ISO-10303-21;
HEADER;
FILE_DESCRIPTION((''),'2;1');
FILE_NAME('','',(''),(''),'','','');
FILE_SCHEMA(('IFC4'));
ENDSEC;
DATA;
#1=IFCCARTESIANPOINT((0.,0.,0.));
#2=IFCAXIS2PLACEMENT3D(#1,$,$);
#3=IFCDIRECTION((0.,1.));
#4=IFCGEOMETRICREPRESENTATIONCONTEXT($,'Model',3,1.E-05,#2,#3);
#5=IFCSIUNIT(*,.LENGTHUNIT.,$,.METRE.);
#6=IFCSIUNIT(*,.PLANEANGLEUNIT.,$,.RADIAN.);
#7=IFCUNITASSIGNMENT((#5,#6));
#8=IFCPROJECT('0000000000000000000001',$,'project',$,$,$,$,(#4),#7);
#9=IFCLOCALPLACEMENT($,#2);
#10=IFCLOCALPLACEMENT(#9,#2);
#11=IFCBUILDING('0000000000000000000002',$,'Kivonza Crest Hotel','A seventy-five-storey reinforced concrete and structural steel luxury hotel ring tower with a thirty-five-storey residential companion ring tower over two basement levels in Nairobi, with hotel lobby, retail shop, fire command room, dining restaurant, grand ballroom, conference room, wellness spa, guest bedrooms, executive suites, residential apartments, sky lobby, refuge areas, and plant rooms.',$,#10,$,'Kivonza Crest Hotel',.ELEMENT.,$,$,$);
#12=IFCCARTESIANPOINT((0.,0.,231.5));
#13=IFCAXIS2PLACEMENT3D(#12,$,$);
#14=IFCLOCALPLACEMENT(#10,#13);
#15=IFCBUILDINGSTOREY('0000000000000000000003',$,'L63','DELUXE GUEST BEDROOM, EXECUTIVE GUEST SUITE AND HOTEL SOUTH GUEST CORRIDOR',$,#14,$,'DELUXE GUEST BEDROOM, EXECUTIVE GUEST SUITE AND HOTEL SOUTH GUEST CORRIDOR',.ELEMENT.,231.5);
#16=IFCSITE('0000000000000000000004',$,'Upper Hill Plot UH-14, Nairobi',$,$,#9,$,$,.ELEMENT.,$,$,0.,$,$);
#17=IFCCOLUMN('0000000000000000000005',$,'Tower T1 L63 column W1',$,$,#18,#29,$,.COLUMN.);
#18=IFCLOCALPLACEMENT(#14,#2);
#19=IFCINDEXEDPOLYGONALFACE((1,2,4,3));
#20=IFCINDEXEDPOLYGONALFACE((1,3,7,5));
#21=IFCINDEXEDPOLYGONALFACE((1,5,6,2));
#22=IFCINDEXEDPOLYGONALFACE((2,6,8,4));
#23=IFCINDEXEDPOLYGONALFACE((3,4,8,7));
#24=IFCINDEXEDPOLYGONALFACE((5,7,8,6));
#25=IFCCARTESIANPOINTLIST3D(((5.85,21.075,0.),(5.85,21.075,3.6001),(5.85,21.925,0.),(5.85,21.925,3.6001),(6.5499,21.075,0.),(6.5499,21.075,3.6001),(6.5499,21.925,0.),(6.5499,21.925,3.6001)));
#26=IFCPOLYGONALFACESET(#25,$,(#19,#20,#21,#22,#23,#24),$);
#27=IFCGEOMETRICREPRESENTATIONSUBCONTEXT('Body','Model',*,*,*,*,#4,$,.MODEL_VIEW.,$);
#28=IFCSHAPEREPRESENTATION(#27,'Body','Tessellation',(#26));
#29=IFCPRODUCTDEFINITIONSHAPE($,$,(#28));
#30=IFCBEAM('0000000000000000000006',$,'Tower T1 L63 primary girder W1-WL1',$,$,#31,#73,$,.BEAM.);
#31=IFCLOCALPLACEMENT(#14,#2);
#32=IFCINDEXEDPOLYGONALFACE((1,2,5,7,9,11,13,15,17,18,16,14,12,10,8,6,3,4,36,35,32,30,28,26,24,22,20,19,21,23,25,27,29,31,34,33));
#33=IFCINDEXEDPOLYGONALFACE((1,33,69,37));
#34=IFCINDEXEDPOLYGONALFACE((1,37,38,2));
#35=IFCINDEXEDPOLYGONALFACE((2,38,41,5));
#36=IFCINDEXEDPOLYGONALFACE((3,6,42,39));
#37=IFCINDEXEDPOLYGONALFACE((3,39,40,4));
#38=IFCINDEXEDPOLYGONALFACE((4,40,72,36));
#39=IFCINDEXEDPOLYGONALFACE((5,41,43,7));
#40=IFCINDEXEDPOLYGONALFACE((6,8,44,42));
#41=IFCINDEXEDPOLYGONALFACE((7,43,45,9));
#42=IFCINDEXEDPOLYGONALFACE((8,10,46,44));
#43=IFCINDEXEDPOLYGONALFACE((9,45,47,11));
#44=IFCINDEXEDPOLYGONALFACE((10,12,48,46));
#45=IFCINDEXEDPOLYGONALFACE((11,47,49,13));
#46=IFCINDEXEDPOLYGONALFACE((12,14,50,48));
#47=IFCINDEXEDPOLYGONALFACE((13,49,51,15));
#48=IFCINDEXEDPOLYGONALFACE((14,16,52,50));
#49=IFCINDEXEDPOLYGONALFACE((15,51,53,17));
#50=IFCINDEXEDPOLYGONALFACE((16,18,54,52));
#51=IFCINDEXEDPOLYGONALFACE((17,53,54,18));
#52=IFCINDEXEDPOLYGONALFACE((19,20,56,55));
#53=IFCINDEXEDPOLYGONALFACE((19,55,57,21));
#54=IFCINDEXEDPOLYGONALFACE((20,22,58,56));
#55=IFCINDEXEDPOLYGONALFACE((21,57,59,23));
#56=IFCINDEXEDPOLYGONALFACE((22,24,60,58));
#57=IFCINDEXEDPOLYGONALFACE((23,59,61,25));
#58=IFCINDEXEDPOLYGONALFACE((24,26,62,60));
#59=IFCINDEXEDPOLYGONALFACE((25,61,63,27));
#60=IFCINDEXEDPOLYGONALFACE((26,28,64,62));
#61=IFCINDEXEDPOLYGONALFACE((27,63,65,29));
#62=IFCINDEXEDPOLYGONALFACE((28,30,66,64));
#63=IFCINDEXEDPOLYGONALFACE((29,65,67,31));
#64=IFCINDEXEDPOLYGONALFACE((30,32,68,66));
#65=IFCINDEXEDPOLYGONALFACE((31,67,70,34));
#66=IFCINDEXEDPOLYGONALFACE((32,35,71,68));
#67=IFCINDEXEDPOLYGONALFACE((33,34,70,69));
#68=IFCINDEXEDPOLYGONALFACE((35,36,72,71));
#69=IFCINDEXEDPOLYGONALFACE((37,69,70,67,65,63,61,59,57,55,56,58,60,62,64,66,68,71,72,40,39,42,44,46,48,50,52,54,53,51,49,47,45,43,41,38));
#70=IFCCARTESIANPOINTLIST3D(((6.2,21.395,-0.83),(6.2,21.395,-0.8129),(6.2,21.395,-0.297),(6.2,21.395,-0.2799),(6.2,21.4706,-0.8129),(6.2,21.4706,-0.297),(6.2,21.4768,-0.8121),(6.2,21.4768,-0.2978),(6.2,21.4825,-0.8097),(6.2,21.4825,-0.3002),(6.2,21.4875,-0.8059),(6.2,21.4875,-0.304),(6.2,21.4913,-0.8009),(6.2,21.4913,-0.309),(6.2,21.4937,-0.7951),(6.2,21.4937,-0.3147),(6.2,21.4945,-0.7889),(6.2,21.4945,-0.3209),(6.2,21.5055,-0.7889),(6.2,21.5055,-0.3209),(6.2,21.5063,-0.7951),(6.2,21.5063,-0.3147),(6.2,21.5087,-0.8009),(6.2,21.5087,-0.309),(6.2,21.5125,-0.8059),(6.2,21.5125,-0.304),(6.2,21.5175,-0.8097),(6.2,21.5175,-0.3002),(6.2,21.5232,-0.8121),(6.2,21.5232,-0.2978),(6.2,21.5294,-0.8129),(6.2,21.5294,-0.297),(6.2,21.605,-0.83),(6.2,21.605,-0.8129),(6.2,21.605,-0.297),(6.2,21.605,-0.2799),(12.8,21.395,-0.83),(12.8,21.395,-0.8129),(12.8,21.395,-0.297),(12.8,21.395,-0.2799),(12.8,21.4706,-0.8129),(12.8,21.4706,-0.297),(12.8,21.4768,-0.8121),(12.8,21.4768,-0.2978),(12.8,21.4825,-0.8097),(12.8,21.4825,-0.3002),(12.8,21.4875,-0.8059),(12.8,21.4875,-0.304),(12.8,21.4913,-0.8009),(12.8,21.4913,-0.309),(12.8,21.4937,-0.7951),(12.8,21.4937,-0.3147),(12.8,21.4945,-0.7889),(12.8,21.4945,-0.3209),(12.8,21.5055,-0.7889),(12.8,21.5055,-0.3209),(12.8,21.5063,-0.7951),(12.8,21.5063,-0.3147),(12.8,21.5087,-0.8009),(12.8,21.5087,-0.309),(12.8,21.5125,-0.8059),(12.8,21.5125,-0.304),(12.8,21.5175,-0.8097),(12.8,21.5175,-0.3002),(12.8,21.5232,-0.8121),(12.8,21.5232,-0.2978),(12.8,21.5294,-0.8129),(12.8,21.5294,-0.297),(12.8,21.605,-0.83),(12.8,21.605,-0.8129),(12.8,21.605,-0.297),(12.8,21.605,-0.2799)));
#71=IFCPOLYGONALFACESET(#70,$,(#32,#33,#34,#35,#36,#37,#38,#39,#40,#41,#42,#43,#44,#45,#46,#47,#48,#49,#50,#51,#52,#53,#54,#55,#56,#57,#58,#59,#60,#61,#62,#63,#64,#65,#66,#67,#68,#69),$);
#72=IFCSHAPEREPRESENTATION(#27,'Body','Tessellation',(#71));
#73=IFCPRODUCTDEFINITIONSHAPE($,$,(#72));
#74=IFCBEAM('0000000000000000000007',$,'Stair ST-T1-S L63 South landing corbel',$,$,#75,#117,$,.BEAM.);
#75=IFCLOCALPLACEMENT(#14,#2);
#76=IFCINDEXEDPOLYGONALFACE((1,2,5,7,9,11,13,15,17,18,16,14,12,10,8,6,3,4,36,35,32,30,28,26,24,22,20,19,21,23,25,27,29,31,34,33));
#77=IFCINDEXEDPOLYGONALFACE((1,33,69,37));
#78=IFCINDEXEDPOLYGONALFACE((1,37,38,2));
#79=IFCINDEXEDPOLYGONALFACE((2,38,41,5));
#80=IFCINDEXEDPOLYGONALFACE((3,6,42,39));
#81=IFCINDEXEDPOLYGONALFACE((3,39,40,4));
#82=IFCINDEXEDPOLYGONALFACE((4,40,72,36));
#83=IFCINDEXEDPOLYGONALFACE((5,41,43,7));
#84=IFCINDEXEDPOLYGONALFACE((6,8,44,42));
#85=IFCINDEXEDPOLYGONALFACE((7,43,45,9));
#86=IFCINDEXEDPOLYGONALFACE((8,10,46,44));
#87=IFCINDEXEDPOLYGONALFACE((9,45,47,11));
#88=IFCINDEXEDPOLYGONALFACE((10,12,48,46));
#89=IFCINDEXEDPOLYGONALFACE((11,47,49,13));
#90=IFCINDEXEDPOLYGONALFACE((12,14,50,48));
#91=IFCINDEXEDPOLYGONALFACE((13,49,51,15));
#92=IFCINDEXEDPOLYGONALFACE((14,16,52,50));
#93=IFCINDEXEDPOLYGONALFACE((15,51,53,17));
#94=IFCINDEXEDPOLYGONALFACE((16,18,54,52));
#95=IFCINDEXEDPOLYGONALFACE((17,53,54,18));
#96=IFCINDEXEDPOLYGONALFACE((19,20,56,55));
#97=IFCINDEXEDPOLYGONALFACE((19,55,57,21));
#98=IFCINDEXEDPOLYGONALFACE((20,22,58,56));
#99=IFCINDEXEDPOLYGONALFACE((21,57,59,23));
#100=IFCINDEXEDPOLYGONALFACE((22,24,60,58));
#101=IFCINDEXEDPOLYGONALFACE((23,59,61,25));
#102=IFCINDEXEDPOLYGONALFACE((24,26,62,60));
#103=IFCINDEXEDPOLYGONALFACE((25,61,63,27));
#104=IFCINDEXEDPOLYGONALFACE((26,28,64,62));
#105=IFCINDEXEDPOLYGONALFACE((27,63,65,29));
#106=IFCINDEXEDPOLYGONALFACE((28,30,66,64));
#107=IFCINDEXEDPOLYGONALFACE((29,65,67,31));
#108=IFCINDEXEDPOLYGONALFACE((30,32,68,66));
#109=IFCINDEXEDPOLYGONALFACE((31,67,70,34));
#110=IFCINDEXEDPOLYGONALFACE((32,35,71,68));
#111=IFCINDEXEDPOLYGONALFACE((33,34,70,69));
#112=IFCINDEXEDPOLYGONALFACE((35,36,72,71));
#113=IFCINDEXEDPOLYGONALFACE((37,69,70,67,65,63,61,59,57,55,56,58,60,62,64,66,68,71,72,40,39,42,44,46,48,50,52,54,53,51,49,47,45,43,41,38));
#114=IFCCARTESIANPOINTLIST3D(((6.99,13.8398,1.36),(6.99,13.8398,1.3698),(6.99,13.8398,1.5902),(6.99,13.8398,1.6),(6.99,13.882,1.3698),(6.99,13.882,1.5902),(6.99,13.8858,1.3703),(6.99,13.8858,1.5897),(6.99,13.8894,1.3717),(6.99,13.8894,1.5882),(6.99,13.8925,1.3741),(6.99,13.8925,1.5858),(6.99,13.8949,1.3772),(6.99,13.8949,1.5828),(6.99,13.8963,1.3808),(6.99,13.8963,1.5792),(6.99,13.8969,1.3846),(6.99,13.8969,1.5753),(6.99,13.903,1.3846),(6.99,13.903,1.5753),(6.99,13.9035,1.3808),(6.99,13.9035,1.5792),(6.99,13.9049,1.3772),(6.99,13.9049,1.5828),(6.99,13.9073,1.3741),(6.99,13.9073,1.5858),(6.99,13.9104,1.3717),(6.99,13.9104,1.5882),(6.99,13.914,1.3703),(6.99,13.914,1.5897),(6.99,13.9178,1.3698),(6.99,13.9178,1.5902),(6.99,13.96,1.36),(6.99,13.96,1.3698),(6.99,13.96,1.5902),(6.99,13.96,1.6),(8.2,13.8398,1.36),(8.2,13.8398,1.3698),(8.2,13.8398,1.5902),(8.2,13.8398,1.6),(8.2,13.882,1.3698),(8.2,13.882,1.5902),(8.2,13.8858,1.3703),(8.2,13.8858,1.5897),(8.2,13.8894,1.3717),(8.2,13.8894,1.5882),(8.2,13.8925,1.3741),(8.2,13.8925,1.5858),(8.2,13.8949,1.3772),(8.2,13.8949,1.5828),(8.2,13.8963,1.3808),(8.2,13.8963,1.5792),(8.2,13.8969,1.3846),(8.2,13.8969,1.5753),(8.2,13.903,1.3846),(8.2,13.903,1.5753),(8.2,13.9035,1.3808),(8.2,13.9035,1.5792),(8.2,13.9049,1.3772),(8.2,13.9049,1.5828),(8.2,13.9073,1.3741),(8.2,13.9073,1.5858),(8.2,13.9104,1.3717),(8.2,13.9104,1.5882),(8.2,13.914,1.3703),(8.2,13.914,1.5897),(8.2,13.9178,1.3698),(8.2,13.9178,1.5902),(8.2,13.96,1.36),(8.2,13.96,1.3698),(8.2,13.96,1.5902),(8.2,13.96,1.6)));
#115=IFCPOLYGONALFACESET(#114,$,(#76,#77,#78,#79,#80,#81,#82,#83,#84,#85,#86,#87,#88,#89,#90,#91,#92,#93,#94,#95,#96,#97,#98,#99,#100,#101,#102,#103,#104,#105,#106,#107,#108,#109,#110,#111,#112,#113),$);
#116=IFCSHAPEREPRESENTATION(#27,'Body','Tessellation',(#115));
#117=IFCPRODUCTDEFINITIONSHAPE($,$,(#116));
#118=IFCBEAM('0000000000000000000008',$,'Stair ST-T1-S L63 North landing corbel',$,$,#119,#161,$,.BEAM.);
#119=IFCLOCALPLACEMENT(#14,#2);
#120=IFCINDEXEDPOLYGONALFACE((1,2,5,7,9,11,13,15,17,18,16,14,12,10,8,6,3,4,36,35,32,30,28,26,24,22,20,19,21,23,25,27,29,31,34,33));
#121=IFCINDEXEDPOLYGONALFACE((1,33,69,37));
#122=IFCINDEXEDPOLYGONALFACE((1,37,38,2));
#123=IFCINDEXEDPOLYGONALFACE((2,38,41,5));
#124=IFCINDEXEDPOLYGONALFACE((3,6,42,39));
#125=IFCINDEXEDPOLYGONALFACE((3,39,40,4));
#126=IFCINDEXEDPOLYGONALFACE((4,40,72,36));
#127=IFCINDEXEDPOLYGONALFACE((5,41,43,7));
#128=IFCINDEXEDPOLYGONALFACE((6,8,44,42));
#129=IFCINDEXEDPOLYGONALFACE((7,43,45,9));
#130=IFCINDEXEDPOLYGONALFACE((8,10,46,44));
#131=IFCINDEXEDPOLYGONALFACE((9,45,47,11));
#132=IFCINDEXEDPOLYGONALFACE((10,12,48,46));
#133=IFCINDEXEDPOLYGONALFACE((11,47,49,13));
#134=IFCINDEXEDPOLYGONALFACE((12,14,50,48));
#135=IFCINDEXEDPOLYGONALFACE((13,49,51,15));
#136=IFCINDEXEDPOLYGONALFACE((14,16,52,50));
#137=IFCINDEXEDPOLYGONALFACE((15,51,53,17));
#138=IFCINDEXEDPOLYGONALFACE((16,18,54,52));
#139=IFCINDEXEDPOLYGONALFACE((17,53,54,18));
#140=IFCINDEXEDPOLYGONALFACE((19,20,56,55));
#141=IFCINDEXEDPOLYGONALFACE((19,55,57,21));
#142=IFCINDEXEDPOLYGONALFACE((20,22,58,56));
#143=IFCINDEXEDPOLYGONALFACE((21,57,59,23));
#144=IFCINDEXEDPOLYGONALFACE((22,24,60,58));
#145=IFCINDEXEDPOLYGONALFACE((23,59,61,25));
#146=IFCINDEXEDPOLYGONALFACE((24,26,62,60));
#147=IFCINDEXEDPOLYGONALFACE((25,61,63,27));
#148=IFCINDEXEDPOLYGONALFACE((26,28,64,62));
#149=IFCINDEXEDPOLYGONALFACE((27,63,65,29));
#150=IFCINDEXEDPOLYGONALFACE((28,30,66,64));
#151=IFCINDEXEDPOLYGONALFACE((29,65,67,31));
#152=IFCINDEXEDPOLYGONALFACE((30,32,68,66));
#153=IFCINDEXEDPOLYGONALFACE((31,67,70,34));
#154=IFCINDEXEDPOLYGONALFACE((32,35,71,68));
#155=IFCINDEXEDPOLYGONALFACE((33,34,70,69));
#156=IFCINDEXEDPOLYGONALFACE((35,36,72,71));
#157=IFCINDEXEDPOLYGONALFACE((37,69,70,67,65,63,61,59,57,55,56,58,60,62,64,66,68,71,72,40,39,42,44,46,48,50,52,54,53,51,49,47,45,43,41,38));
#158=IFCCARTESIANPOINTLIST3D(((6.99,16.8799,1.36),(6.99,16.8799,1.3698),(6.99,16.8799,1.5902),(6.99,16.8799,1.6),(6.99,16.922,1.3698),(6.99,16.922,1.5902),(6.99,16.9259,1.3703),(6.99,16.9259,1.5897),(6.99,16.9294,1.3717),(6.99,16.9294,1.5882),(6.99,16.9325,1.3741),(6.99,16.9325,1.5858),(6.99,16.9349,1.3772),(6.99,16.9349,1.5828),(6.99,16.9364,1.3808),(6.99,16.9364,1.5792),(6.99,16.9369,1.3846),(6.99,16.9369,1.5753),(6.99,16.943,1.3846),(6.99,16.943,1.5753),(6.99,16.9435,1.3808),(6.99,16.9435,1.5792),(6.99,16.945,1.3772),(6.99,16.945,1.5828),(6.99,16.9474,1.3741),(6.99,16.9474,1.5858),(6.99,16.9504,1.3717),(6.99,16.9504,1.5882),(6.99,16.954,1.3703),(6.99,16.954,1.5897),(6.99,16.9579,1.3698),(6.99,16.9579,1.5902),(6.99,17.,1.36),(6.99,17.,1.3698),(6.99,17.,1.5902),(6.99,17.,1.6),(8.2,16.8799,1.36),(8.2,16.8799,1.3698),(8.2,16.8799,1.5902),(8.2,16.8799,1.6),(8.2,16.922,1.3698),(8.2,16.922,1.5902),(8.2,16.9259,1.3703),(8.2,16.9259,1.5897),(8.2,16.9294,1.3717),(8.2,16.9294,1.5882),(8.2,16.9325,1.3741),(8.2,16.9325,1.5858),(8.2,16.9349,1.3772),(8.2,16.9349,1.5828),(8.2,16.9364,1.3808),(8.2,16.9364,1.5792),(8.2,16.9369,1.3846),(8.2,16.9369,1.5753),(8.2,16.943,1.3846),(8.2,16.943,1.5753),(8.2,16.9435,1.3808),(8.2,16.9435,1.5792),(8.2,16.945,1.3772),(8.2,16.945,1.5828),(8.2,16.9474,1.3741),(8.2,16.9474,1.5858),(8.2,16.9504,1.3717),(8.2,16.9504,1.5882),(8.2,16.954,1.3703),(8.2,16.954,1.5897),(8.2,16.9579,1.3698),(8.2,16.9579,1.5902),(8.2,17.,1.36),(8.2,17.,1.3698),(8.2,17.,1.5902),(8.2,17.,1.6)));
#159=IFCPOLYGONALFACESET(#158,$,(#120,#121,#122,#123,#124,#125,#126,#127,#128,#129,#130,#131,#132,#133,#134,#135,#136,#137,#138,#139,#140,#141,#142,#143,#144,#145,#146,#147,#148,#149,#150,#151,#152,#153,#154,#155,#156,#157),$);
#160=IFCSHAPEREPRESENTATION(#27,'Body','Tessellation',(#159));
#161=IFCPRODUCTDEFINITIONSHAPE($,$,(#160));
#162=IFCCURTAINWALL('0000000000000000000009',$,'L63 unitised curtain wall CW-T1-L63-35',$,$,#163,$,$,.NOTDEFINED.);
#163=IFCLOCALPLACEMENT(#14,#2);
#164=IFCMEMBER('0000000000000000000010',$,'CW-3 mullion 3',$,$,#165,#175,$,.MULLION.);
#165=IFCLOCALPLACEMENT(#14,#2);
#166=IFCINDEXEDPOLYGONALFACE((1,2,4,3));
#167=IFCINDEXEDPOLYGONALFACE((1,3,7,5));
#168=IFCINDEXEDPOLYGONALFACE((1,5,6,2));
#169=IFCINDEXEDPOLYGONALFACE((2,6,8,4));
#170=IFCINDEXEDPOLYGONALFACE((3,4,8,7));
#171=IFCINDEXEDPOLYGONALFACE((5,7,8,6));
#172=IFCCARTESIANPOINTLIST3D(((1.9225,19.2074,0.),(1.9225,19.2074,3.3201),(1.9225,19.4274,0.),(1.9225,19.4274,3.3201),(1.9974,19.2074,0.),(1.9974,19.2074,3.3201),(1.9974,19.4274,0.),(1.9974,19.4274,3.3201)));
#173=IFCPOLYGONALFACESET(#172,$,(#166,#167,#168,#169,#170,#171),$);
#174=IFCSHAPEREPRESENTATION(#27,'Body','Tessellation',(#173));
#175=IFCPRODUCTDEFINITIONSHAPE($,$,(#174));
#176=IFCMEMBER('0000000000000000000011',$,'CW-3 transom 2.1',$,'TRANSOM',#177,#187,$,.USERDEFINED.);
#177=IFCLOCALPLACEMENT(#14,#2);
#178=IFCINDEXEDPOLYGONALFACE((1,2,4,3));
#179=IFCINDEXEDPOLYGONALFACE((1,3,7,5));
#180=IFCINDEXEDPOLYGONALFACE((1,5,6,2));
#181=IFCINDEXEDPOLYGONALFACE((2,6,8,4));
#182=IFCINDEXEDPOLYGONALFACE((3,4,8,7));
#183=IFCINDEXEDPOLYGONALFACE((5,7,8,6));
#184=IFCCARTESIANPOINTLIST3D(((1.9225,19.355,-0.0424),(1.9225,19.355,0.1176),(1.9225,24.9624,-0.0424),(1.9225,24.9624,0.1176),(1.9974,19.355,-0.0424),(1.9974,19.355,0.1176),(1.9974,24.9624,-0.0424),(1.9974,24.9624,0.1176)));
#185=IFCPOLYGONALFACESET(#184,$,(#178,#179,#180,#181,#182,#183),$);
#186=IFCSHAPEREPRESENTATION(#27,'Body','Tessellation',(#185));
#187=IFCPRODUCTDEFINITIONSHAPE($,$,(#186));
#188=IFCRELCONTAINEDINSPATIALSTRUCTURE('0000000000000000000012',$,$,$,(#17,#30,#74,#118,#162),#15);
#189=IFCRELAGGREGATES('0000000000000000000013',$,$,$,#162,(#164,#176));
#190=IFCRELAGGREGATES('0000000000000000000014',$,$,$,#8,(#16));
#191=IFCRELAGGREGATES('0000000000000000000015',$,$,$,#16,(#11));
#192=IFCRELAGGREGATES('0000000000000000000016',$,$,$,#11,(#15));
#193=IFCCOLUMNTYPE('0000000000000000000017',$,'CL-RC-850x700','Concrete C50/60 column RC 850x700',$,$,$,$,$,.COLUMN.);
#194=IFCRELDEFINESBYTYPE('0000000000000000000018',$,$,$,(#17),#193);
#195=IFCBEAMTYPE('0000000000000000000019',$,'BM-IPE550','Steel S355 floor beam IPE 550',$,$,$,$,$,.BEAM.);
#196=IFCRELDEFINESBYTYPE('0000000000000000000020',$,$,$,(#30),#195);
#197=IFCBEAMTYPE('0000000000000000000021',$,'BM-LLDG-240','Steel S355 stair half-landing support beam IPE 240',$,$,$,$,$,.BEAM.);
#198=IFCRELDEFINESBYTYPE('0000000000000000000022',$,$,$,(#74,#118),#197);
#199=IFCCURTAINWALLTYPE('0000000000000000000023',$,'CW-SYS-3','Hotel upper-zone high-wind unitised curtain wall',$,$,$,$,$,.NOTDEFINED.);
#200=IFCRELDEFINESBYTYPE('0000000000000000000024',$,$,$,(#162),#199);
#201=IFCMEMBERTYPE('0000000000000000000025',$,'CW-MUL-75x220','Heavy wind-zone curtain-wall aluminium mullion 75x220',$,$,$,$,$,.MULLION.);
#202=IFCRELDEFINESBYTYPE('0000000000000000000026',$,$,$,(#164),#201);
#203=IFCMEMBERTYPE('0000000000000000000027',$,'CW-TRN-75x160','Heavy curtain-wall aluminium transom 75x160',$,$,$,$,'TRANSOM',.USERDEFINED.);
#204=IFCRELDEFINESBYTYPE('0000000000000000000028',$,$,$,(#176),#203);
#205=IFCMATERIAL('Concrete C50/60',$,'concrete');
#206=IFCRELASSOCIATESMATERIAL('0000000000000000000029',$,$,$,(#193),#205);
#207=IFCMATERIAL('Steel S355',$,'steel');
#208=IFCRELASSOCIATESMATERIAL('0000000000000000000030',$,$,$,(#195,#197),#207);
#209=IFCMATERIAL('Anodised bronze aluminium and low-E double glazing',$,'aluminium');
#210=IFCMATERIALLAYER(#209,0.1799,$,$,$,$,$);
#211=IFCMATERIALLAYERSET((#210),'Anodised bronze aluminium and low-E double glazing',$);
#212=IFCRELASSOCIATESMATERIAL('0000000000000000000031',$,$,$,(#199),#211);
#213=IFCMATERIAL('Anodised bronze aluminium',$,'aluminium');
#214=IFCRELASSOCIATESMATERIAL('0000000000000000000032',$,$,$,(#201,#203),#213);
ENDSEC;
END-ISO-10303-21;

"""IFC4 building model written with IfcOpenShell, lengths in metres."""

from ifc_helpers import new_model, si_unit, direction, frame, origin, origin_2d, place, context, subcontext, project, spatial, rectangle, i_section, extrude, material, layer, layer_set, material_profile, profile_set, type_object, element, aggregate, save


model = new_model("IFC4")

# Units and contexts
model_context = context("Model", 3, precision=1e-05, world=origin(), true_north=direction((0.0, 1.0)))
body_context = subcontext(model_context, "Body", "Model", "MODEL_VIEW")
ifc_project = project(units=[si_unit("LENGTHUNIT", "METRE"), si_unit("PLANEANGLEUNIT", "RADIAN")], contexts=[model_context])

# Site, building, storey
site_placement = place(None, origin())
site = spatial("IfcSite", under=ifc_project, at=site_placement, Name="Upper Hill Plot UH-14, Nairobi", CompositionType="ELEMENT", RefElevation=0.0)
building_placement = place(site_placement, origin())
building = spatial("IfcBuilding", under=site, at=building_placement, Name="Kivonza Crest Hotel", Description="A seventy-five-storey reinforced concrete and structural steel luxury hotel ring tower with a thirty-five-storey residential companion ring tower over two basement levels in Nairobi, with hotel lobby, retail shop, fire command room, dining restaurant, grand ballroom, conference room, wellness spa, guest bedrooms, executive suites, residential apartments, sky lobby, refuge areas, and plant rooms.", LongName="Kivonza Crest Hotel", CompositionType="ELEMENT")
storey_placement = place(building_placement, frame((0.0, 0.0, 231.5)))
storey = spatial("IfcBuildingStorey", under=building, at=storey_placement, Name="L63", Description="DELUXE GUEST BEDROOM, EXECUTIVE GUEST SUITE AND HOTEL SOUTH GUEST CORRIDOR", LongName="DELUXE GUEST BEDROOM, EXECUTIVE GUEST SUITE AND HOTEL SOUTH GUEST CORRIDOR", CompositionType="ELEMENT", Elevation=231.5)

# Column
ifc_material_1 = material(Name="Concrete C50/60", Category="concrete")
ifc_material_profile_1 = material_profile(ifc_material_1, rectangle(XDim=0.7, YDim=0.8501, at=origin_2d()), Name="RC 850x700")
ifc_profile_set_1 = profile_set([ifc_material_profile_1], Name="Concrete C50/60")
column_type = type_object("IfcColumnType", Name="CL-RC-850x700", Description="Concrete C50/60 column RC 850x700", PredefinedType="COLUMN", material=ifc_profile_set_1)
column_placement = place(storey_placement, frame((6.2, 21.5, 0.0), z_axis=(0.0, 0.0, 1.0), x_axis=(1.0, 0.0, 0.0)))
element("IfcColumn", 1, at=column_placement, inside=storey, type_object=column_type, Name="Tower T1 L63 column W1", PredefinedType="COLUMN", context=body_context, shape_type="SweptSolid", body=[
    extrude(rectangle(XDim=0.7, YDim=0.8501, at=origin_2d()), origin(), (0.0, 0.0, 1.0), 3.6001),
])

# Beams
ifc_material_2 = material(Name="Steel S355", Category="steel")
ifc_material_profile_2 = material_profile(ifc_material_2, i_section(OverallWidth=0.21, OverallDepth=0.55, WebThickness=0.011, FlangeThickness=0.0171, FilletRadius=0.0239, at=origin_2d()), Name="IPE 550")
ifc_profile_set_2 = profile_set([ifc_material_profile_2], Name="Steel S355")
beam_type_1 = type_object("IfcBeamType", Name="BM-IPE550", Description="Steel S355 floor beam IPE 550", PredefinedType="BEAM", material=ifc_profile_set_2)
beam_placement = place(storey_placement, frame((6.2, 21.5, -0.5549), z_axis=(1.0, 0.0, 0.0), x_axis=(0.0, 1.0, 0.0)))
element("IfcBeam", 2, at=beam_placement, inside=storey, type_object=beam_type_1, Name="Tower T1 L63 primary girder W1-WL1", PredefinedType="BEAM", context=body_context, shape_type="SweptSolid", body=[
    extrude(i_section(OverallWidth=0.21, OverallDepth=0.55, WebThickness=0.011, FlangeThickness=0.0171, FilletRadius=0.0239, at=origin_2d()), origin(), (0.0, 0.0, 1.0), 6.6001),
])
ifc_material_profile_3 = material_profile(ifc_material_2, i_section(OverallWidth=0.1201, OverallDepth=0.24, WebThickness=0.0061, FlangeThickness=0.0098, FilletRadius=0.0149, at=origin_2d()), Name="IPE 240")
ifc_profile_set_3 = profile_set([ifc_material_profile_3], Name="Steel S355")
beam_type_2 = type_object("IfcBeamType", Name="BM-LLDG-240", Description="Steel S355 stair half-landing support beam IPE 240", PredefinedType="BEAM", material=ifc_profile_set_3)
for number, where, z_axis, x_axis, name in (
    (3, (6.99, 13.8999, 1.48), (1.0, 0.0, 0.0), (0.0, 1.0, 0.0), "Stair ST-T1-S L63 South landing corbel"),
    (4, (6.99, 16.9399, 1.48), (1.0, 0.0, 0.0), (0.0, 1.0, 0.0), "Stair ST-T1-S L63 North landing corbel"),
):
    element("IfcBeam", number, at=place(storey_placement, frame(where, z_axis=z_axis, x_axis=x_axis)), inside=storey, type_object=beam_type_2, Name=name, PredefinedType="BEAM", context=body_context, shape_type="SweptSolid", body=[
        extrude(i_section(OverallWidth=0.1201, OverallDepth=0.24, WebThickness=0.0061, FlangeThickness=0.0098, FilletRadius=0.0149, at=origin_2d()), origin(), (0.0, 0.0, 1.0), 1.21),
    ])

# Curtain wall, members
ifc_material_3 = material(Name="Anodised bronze aluminium and low-E double glazing", Category="aluminium")
ifc_layer_1 = layer(ifc_material_3, 0.1799)
ifc_layer_set_1 = layer_set([ifc_layer_1], Name="Anodised bronze aluminium and low-E double glazing")
curtain_wall_type = type_object("IfcCurtainWallType", Name="CW-SYS-3", Description="Hotel upper-zone high-wind unitised curtain wall", PredefinedType="NOTDEFINED", material=ifc_layer_set_1)
curtain_wall_placement = place(storey_placement, origin())
curtain_wall = element("IfcCurtainWall", 5, at=curtain_wall_placement, inside=storey, type_object=curtain_wall_type, Name="L63 unitised curtain wall CW-T1-L63-35", PredefinedType="NOTDEFINED")
ifc_material_4 = material(Name="Anodised bronze aluminium", Category="aluminium")
ifc_material_profile_4 = material_profile(ifc_material_4, rectangle(XDim=0.075, YDim=0.22, at=origin_2d()), Name="CW-M 75x220")
ifc_profile_set_4 = profile_set([ifc_material_profile_4], Name="Anodised bronze aluminium")
member_type_1 = type_object("IfcMemberType", Name="CW-MUL-75x220", Description="Heavy wind-zone curtain-wall aluminium mullion 75x220", PredefinedType="MULLION", material=ifc_profile_set_4)
member_1_placement = place(storey_placement, frame((1.96, 19.3174, 0.0), z_axis=(0.0, 0.0, 1.0), x_axis=(1.0, 0.0, 0.0)))
member_1 = element("IfcMember", 6, at=member_1_placement, type_object=member_type_1, Name="CW-3 mullion 3", PredefinedType="MULLION", context=body_context, shape_type="SweptSolid", body=[
    extrude(rectangle(XDim=0.075, YDim=0.22, at=origin_2d()), origin(), (0.0, 0.0, 1.0), 3.3201),
])
ifc_material_profile_5 = material_profile(ifc_material_4, rectangle(XDim=0.075, YDim=0.1599, at=origin_2d()), Name="CW-T 75x160")
ifc_profile_set_5 = profile_set([ifc_material_profile_5], Name="Anodised bronze aluminium")
member_type_2 = type_object("IfcMemberType", Name="CW-TRN-75x160", Description="Heavy curtain-wall aluminium transom 75x160", ElementType="TRANSOM", PredefinedType="USERDEFINED", material=ifc_profile_set_5)
member_2_placement = place(storey_placement, frame((1.96, 24.9624, 0.0376), z_axis=(0.0, -1.0, 0.0), x_axis=(1.0, 0.0, 0.0)))
member_2 = element("IfcMember", 7, at=member_2_placement, type_object=member_type_2, Name="CW-3 transom 2.1", ObjectType="TRANSOM", PredefinedType="USERDEFINED", context=body_context, shape_type="SweptSolid", body=[
    extrude(rectangle(XDim=0.075, YDim=0.1599, at=origin_2d()), origin(), (0.0, 0.0, 1.0), 5.6074),
])
aggregate(curtain_wall, [member_1, member_2])

save(model, "model.ifc")
